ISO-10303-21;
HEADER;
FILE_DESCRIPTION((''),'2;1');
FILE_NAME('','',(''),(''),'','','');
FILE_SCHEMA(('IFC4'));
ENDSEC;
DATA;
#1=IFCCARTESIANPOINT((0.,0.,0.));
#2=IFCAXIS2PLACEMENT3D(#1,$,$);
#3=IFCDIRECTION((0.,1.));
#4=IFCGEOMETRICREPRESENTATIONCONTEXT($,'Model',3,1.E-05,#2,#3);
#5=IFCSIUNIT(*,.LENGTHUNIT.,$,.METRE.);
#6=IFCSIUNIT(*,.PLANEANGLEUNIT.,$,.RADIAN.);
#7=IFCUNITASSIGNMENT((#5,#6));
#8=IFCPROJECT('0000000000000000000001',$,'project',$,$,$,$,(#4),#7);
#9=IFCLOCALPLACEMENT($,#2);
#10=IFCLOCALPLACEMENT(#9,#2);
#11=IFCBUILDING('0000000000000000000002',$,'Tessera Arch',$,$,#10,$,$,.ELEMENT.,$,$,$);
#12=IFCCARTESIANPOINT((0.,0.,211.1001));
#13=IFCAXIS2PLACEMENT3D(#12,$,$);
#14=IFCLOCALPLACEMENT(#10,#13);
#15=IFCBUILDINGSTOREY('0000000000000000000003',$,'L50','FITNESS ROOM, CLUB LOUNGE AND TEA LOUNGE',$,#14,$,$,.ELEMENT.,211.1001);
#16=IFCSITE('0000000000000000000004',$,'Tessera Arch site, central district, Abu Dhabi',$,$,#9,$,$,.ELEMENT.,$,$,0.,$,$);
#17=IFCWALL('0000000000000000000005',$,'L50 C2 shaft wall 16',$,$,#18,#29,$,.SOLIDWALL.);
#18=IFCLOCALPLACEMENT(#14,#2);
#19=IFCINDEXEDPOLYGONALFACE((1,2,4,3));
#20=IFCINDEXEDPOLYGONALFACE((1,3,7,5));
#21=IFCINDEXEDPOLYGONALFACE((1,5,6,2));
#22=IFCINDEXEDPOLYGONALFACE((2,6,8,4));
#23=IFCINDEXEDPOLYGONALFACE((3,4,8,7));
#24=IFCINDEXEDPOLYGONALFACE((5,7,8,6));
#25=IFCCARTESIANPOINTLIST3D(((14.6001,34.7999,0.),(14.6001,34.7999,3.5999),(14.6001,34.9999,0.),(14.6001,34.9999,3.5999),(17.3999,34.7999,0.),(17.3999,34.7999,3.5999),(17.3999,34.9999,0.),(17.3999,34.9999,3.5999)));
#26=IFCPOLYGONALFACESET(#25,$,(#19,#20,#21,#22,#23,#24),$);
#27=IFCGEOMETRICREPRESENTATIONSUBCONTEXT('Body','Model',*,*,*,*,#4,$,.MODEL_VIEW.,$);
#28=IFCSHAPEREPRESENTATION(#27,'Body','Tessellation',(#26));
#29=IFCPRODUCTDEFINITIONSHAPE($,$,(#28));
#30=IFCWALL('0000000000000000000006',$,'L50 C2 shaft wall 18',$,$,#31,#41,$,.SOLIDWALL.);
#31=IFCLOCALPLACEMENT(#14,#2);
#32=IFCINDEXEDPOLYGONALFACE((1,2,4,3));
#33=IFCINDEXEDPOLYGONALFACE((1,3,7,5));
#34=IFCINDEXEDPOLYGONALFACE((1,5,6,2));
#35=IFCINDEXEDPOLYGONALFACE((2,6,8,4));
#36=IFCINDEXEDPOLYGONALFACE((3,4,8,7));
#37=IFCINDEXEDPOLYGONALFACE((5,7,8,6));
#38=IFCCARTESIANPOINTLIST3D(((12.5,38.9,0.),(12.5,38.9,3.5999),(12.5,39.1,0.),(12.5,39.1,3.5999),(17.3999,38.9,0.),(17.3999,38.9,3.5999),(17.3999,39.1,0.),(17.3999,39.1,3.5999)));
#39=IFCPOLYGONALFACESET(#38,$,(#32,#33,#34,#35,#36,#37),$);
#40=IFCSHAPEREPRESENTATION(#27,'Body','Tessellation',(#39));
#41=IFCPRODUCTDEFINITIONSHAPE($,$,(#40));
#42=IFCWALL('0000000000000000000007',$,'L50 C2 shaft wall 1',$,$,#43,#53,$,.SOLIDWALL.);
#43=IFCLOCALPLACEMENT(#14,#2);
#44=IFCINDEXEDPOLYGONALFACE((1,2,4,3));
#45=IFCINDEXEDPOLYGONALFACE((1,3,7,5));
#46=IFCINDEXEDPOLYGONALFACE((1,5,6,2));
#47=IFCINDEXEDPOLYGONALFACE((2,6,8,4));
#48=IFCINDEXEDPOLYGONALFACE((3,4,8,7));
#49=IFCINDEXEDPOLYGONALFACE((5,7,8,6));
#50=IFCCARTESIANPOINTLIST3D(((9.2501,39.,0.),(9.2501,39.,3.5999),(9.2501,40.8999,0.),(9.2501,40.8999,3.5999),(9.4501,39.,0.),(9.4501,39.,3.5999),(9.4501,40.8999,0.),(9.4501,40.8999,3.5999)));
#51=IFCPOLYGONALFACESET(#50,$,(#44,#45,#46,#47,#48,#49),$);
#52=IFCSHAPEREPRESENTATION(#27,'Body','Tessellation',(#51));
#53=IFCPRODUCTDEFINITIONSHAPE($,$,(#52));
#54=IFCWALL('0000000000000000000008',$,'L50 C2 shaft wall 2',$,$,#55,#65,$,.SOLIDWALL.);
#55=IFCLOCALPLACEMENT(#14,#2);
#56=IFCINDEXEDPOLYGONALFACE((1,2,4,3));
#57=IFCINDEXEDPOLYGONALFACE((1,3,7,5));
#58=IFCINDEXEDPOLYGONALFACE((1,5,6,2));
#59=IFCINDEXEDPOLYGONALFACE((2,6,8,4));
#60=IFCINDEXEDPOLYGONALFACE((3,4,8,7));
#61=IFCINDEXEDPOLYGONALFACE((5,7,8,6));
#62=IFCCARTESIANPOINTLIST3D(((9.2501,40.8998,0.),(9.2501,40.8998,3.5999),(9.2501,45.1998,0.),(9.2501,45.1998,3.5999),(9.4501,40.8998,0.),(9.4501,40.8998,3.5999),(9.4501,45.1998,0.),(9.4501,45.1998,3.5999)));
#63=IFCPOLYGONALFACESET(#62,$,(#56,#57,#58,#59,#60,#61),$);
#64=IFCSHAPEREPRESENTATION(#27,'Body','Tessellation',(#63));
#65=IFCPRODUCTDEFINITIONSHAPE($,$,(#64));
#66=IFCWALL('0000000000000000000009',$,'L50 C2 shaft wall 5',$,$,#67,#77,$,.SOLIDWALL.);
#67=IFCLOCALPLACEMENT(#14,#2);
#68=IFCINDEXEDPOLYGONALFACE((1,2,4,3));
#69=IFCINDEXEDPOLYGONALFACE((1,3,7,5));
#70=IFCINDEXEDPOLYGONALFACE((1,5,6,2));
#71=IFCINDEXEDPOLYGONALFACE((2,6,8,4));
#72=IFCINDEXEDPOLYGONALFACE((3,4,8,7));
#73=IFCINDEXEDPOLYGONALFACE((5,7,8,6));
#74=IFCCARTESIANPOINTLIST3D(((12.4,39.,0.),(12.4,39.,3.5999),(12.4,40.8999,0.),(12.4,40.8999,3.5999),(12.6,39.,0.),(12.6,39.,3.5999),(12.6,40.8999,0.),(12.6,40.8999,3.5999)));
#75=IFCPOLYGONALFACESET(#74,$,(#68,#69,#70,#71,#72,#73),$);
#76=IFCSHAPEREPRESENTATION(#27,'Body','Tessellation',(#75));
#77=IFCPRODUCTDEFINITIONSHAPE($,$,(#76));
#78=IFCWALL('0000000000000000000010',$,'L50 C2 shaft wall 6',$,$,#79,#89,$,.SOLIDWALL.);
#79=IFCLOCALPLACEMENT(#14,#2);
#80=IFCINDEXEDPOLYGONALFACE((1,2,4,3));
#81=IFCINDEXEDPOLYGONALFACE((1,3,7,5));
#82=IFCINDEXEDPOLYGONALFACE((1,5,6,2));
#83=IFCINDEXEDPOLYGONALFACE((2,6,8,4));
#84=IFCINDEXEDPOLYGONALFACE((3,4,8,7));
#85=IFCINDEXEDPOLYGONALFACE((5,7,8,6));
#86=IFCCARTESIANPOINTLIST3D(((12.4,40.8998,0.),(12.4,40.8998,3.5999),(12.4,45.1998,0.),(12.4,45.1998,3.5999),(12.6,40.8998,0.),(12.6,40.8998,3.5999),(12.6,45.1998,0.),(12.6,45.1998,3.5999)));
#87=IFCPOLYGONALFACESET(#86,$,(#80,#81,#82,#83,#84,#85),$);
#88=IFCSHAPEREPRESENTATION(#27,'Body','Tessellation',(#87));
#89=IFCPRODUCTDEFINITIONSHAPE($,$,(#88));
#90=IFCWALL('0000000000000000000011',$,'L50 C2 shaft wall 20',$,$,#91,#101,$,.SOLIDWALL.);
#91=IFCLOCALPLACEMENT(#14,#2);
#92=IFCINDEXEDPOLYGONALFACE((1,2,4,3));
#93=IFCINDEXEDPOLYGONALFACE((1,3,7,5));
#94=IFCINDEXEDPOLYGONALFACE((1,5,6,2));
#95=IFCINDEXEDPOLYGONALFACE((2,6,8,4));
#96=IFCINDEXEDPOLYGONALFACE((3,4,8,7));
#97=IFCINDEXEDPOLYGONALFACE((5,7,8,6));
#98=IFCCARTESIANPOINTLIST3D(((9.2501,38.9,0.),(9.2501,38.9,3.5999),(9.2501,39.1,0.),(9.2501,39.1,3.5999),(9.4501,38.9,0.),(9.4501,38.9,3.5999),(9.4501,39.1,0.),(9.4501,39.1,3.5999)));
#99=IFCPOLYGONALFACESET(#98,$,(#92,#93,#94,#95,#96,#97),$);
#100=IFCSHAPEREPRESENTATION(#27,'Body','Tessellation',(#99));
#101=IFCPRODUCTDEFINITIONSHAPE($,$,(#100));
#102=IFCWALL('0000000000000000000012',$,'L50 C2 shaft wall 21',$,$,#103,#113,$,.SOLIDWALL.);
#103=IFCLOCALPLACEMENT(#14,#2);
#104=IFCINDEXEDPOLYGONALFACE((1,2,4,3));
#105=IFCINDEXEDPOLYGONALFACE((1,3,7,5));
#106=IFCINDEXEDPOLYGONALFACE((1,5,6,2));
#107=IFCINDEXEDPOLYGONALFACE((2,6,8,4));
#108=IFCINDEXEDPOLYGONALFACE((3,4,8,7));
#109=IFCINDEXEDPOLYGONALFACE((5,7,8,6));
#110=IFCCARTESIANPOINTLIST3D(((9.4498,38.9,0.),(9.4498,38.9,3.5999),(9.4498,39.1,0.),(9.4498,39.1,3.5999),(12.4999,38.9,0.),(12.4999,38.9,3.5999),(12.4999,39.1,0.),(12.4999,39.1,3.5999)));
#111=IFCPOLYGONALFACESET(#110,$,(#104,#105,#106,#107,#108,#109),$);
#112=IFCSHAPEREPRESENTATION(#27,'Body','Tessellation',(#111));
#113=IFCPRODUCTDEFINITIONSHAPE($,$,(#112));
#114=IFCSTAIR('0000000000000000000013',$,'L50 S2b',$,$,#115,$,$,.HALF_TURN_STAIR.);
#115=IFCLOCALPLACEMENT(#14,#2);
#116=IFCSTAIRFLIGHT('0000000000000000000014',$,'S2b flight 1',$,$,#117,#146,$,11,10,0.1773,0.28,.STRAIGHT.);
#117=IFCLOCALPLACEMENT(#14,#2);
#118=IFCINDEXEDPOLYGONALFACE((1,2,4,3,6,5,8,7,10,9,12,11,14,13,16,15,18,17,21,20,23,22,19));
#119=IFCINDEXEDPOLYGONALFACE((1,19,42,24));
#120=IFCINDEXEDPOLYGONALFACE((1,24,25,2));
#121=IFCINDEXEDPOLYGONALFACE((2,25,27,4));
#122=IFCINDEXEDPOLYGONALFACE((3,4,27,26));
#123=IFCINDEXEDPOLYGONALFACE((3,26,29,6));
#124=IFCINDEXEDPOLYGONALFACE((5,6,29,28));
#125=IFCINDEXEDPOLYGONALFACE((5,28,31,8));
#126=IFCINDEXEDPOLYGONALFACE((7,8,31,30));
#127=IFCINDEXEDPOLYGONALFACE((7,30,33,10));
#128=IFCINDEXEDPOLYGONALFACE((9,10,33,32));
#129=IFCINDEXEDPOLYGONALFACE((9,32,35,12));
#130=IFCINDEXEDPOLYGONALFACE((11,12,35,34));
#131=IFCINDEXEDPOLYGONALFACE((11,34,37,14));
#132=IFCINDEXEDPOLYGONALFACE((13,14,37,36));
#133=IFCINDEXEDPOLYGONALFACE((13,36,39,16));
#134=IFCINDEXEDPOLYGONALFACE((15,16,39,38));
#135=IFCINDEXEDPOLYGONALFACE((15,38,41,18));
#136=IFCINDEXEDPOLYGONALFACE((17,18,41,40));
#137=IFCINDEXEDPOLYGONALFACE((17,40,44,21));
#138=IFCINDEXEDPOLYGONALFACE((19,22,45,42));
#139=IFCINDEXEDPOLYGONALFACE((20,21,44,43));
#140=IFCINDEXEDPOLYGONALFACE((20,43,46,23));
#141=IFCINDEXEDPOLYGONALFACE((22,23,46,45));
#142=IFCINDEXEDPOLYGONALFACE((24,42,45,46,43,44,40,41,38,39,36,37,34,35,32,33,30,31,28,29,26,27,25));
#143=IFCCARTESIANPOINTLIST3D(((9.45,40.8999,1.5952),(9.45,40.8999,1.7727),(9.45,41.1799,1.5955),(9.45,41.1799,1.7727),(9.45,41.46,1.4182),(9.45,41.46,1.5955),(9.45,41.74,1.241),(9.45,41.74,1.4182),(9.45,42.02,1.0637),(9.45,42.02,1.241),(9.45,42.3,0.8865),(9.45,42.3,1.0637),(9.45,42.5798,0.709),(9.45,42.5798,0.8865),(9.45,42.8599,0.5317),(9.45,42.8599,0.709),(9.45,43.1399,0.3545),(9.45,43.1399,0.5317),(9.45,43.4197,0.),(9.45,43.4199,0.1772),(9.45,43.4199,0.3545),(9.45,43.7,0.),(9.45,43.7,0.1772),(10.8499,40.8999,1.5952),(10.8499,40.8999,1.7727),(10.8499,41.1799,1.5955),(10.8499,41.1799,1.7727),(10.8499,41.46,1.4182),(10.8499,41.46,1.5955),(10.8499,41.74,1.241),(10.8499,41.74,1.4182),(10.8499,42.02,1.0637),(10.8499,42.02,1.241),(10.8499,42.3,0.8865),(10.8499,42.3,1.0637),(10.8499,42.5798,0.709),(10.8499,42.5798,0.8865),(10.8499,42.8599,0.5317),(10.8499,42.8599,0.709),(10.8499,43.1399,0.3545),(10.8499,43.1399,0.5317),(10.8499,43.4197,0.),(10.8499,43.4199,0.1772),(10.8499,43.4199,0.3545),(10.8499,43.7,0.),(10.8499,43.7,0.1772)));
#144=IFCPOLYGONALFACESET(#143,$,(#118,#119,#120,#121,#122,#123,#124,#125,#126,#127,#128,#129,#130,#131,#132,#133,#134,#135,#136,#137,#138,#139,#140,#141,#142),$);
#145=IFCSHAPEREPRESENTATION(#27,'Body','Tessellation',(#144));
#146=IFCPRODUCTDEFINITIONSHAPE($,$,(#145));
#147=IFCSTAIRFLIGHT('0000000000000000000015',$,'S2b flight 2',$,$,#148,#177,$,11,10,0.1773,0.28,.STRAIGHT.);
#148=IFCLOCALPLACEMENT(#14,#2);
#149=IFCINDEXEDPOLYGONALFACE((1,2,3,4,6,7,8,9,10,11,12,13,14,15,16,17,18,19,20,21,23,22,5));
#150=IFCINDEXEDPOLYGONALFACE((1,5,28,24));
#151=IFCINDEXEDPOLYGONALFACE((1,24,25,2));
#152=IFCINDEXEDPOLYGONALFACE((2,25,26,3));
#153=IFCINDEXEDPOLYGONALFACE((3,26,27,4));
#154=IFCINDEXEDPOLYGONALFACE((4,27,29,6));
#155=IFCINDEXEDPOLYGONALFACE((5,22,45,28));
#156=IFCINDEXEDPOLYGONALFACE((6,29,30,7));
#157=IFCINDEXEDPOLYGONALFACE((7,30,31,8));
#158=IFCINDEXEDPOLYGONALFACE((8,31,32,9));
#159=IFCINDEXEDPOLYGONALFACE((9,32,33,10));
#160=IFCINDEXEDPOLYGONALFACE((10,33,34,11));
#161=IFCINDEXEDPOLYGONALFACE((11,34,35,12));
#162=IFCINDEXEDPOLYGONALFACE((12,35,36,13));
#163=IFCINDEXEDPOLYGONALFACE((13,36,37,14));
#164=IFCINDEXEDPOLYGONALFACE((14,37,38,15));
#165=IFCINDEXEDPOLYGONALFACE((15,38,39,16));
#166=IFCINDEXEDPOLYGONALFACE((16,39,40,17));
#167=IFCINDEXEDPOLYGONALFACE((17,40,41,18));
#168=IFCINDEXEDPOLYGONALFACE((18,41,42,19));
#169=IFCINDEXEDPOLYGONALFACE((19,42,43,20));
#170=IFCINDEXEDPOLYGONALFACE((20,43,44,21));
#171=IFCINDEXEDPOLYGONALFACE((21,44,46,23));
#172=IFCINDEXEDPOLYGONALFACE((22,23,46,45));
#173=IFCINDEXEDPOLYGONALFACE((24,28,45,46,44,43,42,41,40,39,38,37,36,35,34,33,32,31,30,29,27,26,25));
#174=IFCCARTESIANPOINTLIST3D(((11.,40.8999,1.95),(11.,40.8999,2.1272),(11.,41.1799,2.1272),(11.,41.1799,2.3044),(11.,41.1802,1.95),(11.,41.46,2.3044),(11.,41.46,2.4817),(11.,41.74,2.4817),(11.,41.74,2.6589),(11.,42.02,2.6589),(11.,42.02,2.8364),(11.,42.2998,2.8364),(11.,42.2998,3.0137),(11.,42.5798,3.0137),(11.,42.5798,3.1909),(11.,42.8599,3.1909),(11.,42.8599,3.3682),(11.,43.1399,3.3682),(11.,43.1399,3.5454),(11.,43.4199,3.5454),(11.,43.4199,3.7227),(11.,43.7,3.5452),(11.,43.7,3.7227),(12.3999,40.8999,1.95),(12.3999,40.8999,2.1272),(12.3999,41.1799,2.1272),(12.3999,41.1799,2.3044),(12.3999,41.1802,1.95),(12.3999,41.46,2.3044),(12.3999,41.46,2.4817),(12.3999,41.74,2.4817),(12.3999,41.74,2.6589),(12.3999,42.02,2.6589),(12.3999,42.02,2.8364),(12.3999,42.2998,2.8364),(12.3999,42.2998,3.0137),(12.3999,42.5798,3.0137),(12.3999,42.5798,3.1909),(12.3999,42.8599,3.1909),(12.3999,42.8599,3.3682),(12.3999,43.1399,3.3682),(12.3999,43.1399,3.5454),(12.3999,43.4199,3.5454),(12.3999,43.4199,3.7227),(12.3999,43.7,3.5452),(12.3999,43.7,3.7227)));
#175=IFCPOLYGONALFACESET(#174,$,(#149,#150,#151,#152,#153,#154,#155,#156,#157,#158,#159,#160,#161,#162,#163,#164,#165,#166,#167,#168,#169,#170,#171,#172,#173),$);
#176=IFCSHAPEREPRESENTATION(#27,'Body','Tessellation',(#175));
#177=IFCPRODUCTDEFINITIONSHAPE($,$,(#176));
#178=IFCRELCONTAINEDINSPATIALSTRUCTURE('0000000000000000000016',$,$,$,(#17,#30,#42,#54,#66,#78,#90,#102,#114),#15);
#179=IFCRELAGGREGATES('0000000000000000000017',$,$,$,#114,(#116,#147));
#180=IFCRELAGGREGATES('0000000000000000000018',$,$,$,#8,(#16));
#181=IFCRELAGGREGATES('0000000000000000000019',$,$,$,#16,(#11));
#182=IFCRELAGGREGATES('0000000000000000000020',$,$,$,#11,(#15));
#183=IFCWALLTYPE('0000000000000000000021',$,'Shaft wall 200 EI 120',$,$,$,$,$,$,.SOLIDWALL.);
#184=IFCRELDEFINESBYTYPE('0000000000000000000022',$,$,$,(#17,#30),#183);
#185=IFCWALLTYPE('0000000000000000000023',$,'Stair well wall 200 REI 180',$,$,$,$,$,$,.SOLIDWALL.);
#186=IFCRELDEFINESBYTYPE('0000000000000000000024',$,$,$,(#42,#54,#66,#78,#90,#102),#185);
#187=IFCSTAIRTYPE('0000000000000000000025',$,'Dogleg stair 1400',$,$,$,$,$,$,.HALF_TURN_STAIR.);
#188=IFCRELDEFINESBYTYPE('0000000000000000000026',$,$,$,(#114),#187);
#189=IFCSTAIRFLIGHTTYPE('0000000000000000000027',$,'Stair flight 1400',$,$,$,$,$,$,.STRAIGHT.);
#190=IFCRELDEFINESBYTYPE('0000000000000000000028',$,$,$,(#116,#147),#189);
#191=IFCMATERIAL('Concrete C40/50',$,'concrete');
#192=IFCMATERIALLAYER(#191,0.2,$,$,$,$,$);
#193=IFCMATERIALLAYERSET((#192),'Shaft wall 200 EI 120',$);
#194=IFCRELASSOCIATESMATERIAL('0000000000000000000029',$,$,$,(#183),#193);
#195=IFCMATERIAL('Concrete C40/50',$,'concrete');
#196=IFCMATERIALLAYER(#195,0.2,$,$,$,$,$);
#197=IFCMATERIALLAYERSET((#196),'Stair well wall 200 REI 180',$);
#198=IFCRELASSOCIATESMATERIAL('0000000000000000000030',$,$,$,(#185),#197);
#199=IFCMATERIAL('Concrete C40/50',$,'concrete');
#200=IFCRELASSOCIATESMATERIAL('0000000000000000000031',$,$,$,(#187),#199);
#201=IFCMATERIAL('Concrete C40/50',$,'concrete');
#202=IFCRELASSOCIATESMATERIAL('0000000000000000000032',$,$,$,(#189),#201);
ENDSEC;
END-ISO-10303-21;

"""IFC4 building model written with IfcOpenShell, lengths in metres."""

from ifc_helpers import new_model, si_unit, direction, frame, frame_2d, origin, place, context, subcontext, project, spatial, polyline, rectangle, outline, extrude, material, layer, layer_set, type_object, element, aggregate, save


model = new_model("IFC4")

# Units and contexts
model_context = context("Model", 3, precision=1e-05, world=origin(), true_north=direction((0.0, 1.0)))
body_context = subcontext(model_context, "Body", "Model", "MODEL_VIEW")
ifc_project = project(units=[si_unit("LENGTHUNIT", "METRE"), si_unit("PLANEANGLEUNIT", "RADIAN")], contexts=[model_context])

# Site, building, storey
site_placement = place(None, origin())
site = spatial("IfcSite", under=ifc_project, at=site_placement, Name="Tessera Arch site, central district, Abu Dhabi", CompositionType="ELEMENT", RefElevation=0.0)
building_placement = place(site_placement, origin())
building = spatial("IfcBuilding", under=site, at=building_placement, Name="Tessera Arch", CompositionType="ELEMENT")
storey_placement = place(building_placement, frame((0.0, 0.0, 211.1001)))
storey = spatial("IfcBuildingStorey", under=building, at=storey_placement, Name="L50", Description="FITNESS ROOM, CLUB LOUNGE AND TEA LOUNGE", CompositionType="ELEMENT", Elevation=211.1001)

# Walls
ifc_material_1 = material(Name="Concrete C40/50", Category="concrete")
ifc_layer_1 = layer(ifc_material_1, 0.2)
ifc_layer_set_1 = layer_set([ifc_layer_1], Name="Shaft wall 200 EI 120")
wall_type_1 = type_object("IfcWallType", Name="Shaft wall 200 EI 120", PredefinedType="SOLIDWALL", material=ifc_layer_set_1)
wall_1_placement = place(storey_placement, frame((14.6001, 34.8999, 0.0), z_axis=(0.0, 0.0, 1.0), x_axis=(1.0, 0.0, 0.0)))
element("IfcWall", 1, at=wall_1_placement, inside=storey, type_object=wall_type_1, Name="L50 C2 shaft wall 16", PredefinedType="SOLIDWALL", context=body_context, shape_type="SweptSolid", body=[
    extrude(rectangle(XDim=2.7998, YDim=0.2, at=frame_2d((1.3999, 0.0))), origin(), (0.0, 0.0, 1.0), 3.5999),
])
wall_2_placement = place(storey_placement, frame((12.5, 39.0, 0.0), z_axis=(0.0, 0.0, 1.0), x_axis=(1.0, 0.0, 0.0)))
element("IfcWall", 2, at=wall_2_placement, inside=storey, type_object=wall_type_1, Name="L50 C2 shaft wall 18", PredefinedType="SOLIDWALL", context=body_context, shape_type="SweptSolid", body=[
    extrude(rectangle(XDim=4.8999, YDim=0.2, at=frame_2d((2.45, 0.0))), origin(), (0.0, 0.0, 1.0), 3.5999),
])
ifc_material_2 = material(Name="Concrete C40/50", Category="concrete")
ifc_layer_2 = layer(ifc_material_2, 0.2)
ifc_layer_set_2 = layer_set([ifc_layer_2], Name="Stair well wall 200 REI 180")
wall_type_2 = type_object("IfcWallType", Name="Stair well wall 200 REI 180", PredefinedType="SOLIDWALL", material=ifc_layer_set_2)
wall_3_placement = place(storey_placement, frame((9.3501, 39.0, 0.0), z_axis=(0.0, 0.0, 1.0), x_axis=(0.0, 1.0, 0.0)))
element("IfcWall", 3, at=wall_3_placement, inside=storey, type_object=wall_type_2, Name="L50 C2 shaft wall 1", PredefinedType="SOLIDWALL", context=body_context, shape_type="SweptSolid", body=[
    extrude(rectangle(XDim=1.8999, YDim=0.2, at=frame_2d((0.95, 0.0))), origin(), (0.0, 0.0, 1.0), 3.5999),
])
wall_4_placement = place(storey_placement, frame((9.3501, 40.8999, 0.0), z_axis=(0.0, 0.0, 1.0), x_axis=(0.0, 1.0, 0.0)))
element("IfcWall", 4, at=wall_4_placement, inside=storey, type_object=wall_type_2, Name="L50 C2 shaft wall 2", PredefinedType="SOLIDWALL", context=body_context, shape_type="SweptSolid", body=[
    extrude(rectangle(XDim=4.3, YDim=0.2, at=frame_2d((2.1499, 0.0))), origin(), (0.0, 0.0, 1.0), 3.5999),
])
wall_5_placement = place(storey_placement, frame((12.5, 39.0, 0.0), z_axis=(0.0, 0.0, 1.0), x_axis=(0.0, 1.0, 0.0)))
element("IfcWall", 5, at=wall_5_placement, inside=storey, type_object=wall_type_2, Name="L50 C2 shaft wall 5", PredefinedType="SOLIDWALL", context=body_context, shape_type="SweptSolid", body=[
    extrude(rectangle(XDim=1.8999, YDim=0.2, at=frame_2d((0.95, 0.0))), origin(), (0.0, 0.0, 1.0), 3.5999),
])
wall_6_placement = place(storey_placement, frame((12.5, 40.8999, 0.0), z_axis=(0.0, 0.0, 1.0), x_axis=(0.0, 1.0, 0.0)))
element("IfcWall", 6, at=wall_6_placement, inside=storey, type_object=wall_type_2, Name="L50 C2 shaft wall 6", PredefinedType="SOLIDWALL", context=body_context, shape_type="SweptSolid", body=[
    extrude(rectangle(XDim=4.3, YDim=0.2, at=frame_2d((2.1499, 0.0))), origin(), (0.0, 0.0, 1.0), 3.5999),
])
wall_7_placement = place(storey_placement, frame((9.25, 39.0, 0.0), z_axis=(0.0, 0.0, 1.0), x_axis=(1.0, 0.0, 0.0)))
element("IfcWall", 7, at=wall_7_placement, inside=storey, type_object=wall_type_2, Name="L50 C2 shaft wall 20", PredefinedType="SOLIDWALL", context=body_context, shape_type="SweptSolid", body=[
    extrude(rectangle(XDim=0.2, YDim=0.2, at=frame_2d((0.1001, 0.0))), origin(), (0.0, 0.0, 1.0), 3.5999),
])
wall_8_placement = place(storey_placement, frame((9.45, 39.0, 0.0), z_axis=(0.0, 0.0, 1.0), x_axis=(1.0, 0.0, 0.0)))
element("IfcWall", 8, at=wall_8_placement, inside=storey, type_object=wall_type_2, Name="L50 C2 shaft wall 21", PredefinedType="SOLIDWALL", context=body_context, shape_type="SweptSolid", body=[
    extrude(rectangle(XDim=3.05, YDim=0.2, at=frame_2d((1.5249, 0.0))), origin(), (0.0, 0.0, 1.0), 3.5999),
])

# Stair, stair flights
ifc_material_3 = material(Name="Concrete C40/50", Category="concrete")
stair_type = type_object("IfcStairType", Name="Dogleg stair 1400", PredefinedType="HALF_TURN_STAIR", material=ifc_material_3)
stair_placement = place(storey_placement, origin())
stair = element("IfcStair", 9, at=stair_placement, inside=storey, type_object=stair_type, Name="L50 S2b", PredefinedType="HALF_TURN_STAIR")
ifc_material_4 = material(Name="Concrete C40/50", Category="concrete")
stair_flight_type = type_object("IfcStairFlightType", Name="Stair flight 1400", PredefinedType="STRAIGHT", material=ifc_material_4)
stair_flight_1_placement = place(storey_placement, frame((10.1499, 43.7, 0.0), z_axis=(0.0, 0.0, 1.0), x_axis=(0.0, -1.0, 0.0)))
stair_flight_1 = element("IfcStairFlight", 10, at=stair_flight_1_placement, type_object=stair_flight_type, Name="S2b flight 1", NumberOfRisers=11, NumberOfTreads=10, PredefinedType="STRAIGHT", RiserHeight=0.1773, TreadLength=0.28, context=body_context, shape_type="SweptSolid", body=[
    extrude(outline(polyline([(0.0, 0.0), (0.0, 0.1772), (0.28, 0.1772), (0.28, 0.3545), (0.5601, 0.3545), (0.5601, 0.5317), (0.8401, 0.5317), (0.8401, 0.709), (1.1201, 0.709), (1.1201, 0.8865), (1.3999, 0.8865), (1.3999, 1.0637), (1.6799, 1.0637), (1.6799, 1.241), (1.96, 1.241), (1.96, 1.4182), (2.24, 1.4182), (2.24, 1.5955), (2.52, 1.5955), (2.52, 1.7727), (2.8, 1.7727), (2.8, 1.95), (2.8, 1.5952), (0.2803, 0.0), (0.0, 0.0)])), frame((0.0, 0.7, 0.0), z_axis=(0.0, -1.0, 0.0), x_axis=(1.0, 0.0, 0.0)), (0.0, 0.0, 1.0), 1.3999),
])
stair_flight_2_placement = place(storey_placement, frame((11.7, 40.8999, 1.95), z_axis=(0.0, 0.0, 1.0), x_axis=(0.0, 1.0, 0.0)))
stair_flight_2 = element("IfcStairFlight", 11, at=stair_flight_2_placement, type_object=stair_flight_type, Name="S2b flight 2", NumberOfRisers=11, NumberOfTreads=10, PredefinedType="STRAIGHT", RiserHeight=0.1773, TreadLength=0.28, context=body_context, shape_type="SweptSolid", body=[
    extrude(outline(polyline([(0.0, 0.0), (0.0, 0.1772), (0.28, 0.1772), (0.28, 0.3545), (0.5601, 0.3545), (0.5601, 0.5317), (0.8401, 0.5317), (0.8401, 0.709), (1.1201, 0.709), (1.1201, 0.8865), (1.3999, 0.8865), (1.3999, 1.0637), (1.6799, 1.0637), (1.6799, 1.241), (1.96, 1.241), (1.96, 1.4182), (2.24, 1.4182), (2.24, 1.5955), (2.52, 1.5955), (2.52, 1.7727), (2.8, 1.7727), (2.8, 1.95), (2.8, 1.5952), (0.2803, 0.0), (0.0, 0.0)])), frame((0.0, 0.7, 0.0), z_axis=(0.0, -1.0, 0.0), x_axis=(1.0, 0.0, 0.0)), (0.0, 0.0, 1.0), 1.3999),
])
aggregate(stair, [stair_flight_1, stair_flight_2])

save(model, "model.ifc")
